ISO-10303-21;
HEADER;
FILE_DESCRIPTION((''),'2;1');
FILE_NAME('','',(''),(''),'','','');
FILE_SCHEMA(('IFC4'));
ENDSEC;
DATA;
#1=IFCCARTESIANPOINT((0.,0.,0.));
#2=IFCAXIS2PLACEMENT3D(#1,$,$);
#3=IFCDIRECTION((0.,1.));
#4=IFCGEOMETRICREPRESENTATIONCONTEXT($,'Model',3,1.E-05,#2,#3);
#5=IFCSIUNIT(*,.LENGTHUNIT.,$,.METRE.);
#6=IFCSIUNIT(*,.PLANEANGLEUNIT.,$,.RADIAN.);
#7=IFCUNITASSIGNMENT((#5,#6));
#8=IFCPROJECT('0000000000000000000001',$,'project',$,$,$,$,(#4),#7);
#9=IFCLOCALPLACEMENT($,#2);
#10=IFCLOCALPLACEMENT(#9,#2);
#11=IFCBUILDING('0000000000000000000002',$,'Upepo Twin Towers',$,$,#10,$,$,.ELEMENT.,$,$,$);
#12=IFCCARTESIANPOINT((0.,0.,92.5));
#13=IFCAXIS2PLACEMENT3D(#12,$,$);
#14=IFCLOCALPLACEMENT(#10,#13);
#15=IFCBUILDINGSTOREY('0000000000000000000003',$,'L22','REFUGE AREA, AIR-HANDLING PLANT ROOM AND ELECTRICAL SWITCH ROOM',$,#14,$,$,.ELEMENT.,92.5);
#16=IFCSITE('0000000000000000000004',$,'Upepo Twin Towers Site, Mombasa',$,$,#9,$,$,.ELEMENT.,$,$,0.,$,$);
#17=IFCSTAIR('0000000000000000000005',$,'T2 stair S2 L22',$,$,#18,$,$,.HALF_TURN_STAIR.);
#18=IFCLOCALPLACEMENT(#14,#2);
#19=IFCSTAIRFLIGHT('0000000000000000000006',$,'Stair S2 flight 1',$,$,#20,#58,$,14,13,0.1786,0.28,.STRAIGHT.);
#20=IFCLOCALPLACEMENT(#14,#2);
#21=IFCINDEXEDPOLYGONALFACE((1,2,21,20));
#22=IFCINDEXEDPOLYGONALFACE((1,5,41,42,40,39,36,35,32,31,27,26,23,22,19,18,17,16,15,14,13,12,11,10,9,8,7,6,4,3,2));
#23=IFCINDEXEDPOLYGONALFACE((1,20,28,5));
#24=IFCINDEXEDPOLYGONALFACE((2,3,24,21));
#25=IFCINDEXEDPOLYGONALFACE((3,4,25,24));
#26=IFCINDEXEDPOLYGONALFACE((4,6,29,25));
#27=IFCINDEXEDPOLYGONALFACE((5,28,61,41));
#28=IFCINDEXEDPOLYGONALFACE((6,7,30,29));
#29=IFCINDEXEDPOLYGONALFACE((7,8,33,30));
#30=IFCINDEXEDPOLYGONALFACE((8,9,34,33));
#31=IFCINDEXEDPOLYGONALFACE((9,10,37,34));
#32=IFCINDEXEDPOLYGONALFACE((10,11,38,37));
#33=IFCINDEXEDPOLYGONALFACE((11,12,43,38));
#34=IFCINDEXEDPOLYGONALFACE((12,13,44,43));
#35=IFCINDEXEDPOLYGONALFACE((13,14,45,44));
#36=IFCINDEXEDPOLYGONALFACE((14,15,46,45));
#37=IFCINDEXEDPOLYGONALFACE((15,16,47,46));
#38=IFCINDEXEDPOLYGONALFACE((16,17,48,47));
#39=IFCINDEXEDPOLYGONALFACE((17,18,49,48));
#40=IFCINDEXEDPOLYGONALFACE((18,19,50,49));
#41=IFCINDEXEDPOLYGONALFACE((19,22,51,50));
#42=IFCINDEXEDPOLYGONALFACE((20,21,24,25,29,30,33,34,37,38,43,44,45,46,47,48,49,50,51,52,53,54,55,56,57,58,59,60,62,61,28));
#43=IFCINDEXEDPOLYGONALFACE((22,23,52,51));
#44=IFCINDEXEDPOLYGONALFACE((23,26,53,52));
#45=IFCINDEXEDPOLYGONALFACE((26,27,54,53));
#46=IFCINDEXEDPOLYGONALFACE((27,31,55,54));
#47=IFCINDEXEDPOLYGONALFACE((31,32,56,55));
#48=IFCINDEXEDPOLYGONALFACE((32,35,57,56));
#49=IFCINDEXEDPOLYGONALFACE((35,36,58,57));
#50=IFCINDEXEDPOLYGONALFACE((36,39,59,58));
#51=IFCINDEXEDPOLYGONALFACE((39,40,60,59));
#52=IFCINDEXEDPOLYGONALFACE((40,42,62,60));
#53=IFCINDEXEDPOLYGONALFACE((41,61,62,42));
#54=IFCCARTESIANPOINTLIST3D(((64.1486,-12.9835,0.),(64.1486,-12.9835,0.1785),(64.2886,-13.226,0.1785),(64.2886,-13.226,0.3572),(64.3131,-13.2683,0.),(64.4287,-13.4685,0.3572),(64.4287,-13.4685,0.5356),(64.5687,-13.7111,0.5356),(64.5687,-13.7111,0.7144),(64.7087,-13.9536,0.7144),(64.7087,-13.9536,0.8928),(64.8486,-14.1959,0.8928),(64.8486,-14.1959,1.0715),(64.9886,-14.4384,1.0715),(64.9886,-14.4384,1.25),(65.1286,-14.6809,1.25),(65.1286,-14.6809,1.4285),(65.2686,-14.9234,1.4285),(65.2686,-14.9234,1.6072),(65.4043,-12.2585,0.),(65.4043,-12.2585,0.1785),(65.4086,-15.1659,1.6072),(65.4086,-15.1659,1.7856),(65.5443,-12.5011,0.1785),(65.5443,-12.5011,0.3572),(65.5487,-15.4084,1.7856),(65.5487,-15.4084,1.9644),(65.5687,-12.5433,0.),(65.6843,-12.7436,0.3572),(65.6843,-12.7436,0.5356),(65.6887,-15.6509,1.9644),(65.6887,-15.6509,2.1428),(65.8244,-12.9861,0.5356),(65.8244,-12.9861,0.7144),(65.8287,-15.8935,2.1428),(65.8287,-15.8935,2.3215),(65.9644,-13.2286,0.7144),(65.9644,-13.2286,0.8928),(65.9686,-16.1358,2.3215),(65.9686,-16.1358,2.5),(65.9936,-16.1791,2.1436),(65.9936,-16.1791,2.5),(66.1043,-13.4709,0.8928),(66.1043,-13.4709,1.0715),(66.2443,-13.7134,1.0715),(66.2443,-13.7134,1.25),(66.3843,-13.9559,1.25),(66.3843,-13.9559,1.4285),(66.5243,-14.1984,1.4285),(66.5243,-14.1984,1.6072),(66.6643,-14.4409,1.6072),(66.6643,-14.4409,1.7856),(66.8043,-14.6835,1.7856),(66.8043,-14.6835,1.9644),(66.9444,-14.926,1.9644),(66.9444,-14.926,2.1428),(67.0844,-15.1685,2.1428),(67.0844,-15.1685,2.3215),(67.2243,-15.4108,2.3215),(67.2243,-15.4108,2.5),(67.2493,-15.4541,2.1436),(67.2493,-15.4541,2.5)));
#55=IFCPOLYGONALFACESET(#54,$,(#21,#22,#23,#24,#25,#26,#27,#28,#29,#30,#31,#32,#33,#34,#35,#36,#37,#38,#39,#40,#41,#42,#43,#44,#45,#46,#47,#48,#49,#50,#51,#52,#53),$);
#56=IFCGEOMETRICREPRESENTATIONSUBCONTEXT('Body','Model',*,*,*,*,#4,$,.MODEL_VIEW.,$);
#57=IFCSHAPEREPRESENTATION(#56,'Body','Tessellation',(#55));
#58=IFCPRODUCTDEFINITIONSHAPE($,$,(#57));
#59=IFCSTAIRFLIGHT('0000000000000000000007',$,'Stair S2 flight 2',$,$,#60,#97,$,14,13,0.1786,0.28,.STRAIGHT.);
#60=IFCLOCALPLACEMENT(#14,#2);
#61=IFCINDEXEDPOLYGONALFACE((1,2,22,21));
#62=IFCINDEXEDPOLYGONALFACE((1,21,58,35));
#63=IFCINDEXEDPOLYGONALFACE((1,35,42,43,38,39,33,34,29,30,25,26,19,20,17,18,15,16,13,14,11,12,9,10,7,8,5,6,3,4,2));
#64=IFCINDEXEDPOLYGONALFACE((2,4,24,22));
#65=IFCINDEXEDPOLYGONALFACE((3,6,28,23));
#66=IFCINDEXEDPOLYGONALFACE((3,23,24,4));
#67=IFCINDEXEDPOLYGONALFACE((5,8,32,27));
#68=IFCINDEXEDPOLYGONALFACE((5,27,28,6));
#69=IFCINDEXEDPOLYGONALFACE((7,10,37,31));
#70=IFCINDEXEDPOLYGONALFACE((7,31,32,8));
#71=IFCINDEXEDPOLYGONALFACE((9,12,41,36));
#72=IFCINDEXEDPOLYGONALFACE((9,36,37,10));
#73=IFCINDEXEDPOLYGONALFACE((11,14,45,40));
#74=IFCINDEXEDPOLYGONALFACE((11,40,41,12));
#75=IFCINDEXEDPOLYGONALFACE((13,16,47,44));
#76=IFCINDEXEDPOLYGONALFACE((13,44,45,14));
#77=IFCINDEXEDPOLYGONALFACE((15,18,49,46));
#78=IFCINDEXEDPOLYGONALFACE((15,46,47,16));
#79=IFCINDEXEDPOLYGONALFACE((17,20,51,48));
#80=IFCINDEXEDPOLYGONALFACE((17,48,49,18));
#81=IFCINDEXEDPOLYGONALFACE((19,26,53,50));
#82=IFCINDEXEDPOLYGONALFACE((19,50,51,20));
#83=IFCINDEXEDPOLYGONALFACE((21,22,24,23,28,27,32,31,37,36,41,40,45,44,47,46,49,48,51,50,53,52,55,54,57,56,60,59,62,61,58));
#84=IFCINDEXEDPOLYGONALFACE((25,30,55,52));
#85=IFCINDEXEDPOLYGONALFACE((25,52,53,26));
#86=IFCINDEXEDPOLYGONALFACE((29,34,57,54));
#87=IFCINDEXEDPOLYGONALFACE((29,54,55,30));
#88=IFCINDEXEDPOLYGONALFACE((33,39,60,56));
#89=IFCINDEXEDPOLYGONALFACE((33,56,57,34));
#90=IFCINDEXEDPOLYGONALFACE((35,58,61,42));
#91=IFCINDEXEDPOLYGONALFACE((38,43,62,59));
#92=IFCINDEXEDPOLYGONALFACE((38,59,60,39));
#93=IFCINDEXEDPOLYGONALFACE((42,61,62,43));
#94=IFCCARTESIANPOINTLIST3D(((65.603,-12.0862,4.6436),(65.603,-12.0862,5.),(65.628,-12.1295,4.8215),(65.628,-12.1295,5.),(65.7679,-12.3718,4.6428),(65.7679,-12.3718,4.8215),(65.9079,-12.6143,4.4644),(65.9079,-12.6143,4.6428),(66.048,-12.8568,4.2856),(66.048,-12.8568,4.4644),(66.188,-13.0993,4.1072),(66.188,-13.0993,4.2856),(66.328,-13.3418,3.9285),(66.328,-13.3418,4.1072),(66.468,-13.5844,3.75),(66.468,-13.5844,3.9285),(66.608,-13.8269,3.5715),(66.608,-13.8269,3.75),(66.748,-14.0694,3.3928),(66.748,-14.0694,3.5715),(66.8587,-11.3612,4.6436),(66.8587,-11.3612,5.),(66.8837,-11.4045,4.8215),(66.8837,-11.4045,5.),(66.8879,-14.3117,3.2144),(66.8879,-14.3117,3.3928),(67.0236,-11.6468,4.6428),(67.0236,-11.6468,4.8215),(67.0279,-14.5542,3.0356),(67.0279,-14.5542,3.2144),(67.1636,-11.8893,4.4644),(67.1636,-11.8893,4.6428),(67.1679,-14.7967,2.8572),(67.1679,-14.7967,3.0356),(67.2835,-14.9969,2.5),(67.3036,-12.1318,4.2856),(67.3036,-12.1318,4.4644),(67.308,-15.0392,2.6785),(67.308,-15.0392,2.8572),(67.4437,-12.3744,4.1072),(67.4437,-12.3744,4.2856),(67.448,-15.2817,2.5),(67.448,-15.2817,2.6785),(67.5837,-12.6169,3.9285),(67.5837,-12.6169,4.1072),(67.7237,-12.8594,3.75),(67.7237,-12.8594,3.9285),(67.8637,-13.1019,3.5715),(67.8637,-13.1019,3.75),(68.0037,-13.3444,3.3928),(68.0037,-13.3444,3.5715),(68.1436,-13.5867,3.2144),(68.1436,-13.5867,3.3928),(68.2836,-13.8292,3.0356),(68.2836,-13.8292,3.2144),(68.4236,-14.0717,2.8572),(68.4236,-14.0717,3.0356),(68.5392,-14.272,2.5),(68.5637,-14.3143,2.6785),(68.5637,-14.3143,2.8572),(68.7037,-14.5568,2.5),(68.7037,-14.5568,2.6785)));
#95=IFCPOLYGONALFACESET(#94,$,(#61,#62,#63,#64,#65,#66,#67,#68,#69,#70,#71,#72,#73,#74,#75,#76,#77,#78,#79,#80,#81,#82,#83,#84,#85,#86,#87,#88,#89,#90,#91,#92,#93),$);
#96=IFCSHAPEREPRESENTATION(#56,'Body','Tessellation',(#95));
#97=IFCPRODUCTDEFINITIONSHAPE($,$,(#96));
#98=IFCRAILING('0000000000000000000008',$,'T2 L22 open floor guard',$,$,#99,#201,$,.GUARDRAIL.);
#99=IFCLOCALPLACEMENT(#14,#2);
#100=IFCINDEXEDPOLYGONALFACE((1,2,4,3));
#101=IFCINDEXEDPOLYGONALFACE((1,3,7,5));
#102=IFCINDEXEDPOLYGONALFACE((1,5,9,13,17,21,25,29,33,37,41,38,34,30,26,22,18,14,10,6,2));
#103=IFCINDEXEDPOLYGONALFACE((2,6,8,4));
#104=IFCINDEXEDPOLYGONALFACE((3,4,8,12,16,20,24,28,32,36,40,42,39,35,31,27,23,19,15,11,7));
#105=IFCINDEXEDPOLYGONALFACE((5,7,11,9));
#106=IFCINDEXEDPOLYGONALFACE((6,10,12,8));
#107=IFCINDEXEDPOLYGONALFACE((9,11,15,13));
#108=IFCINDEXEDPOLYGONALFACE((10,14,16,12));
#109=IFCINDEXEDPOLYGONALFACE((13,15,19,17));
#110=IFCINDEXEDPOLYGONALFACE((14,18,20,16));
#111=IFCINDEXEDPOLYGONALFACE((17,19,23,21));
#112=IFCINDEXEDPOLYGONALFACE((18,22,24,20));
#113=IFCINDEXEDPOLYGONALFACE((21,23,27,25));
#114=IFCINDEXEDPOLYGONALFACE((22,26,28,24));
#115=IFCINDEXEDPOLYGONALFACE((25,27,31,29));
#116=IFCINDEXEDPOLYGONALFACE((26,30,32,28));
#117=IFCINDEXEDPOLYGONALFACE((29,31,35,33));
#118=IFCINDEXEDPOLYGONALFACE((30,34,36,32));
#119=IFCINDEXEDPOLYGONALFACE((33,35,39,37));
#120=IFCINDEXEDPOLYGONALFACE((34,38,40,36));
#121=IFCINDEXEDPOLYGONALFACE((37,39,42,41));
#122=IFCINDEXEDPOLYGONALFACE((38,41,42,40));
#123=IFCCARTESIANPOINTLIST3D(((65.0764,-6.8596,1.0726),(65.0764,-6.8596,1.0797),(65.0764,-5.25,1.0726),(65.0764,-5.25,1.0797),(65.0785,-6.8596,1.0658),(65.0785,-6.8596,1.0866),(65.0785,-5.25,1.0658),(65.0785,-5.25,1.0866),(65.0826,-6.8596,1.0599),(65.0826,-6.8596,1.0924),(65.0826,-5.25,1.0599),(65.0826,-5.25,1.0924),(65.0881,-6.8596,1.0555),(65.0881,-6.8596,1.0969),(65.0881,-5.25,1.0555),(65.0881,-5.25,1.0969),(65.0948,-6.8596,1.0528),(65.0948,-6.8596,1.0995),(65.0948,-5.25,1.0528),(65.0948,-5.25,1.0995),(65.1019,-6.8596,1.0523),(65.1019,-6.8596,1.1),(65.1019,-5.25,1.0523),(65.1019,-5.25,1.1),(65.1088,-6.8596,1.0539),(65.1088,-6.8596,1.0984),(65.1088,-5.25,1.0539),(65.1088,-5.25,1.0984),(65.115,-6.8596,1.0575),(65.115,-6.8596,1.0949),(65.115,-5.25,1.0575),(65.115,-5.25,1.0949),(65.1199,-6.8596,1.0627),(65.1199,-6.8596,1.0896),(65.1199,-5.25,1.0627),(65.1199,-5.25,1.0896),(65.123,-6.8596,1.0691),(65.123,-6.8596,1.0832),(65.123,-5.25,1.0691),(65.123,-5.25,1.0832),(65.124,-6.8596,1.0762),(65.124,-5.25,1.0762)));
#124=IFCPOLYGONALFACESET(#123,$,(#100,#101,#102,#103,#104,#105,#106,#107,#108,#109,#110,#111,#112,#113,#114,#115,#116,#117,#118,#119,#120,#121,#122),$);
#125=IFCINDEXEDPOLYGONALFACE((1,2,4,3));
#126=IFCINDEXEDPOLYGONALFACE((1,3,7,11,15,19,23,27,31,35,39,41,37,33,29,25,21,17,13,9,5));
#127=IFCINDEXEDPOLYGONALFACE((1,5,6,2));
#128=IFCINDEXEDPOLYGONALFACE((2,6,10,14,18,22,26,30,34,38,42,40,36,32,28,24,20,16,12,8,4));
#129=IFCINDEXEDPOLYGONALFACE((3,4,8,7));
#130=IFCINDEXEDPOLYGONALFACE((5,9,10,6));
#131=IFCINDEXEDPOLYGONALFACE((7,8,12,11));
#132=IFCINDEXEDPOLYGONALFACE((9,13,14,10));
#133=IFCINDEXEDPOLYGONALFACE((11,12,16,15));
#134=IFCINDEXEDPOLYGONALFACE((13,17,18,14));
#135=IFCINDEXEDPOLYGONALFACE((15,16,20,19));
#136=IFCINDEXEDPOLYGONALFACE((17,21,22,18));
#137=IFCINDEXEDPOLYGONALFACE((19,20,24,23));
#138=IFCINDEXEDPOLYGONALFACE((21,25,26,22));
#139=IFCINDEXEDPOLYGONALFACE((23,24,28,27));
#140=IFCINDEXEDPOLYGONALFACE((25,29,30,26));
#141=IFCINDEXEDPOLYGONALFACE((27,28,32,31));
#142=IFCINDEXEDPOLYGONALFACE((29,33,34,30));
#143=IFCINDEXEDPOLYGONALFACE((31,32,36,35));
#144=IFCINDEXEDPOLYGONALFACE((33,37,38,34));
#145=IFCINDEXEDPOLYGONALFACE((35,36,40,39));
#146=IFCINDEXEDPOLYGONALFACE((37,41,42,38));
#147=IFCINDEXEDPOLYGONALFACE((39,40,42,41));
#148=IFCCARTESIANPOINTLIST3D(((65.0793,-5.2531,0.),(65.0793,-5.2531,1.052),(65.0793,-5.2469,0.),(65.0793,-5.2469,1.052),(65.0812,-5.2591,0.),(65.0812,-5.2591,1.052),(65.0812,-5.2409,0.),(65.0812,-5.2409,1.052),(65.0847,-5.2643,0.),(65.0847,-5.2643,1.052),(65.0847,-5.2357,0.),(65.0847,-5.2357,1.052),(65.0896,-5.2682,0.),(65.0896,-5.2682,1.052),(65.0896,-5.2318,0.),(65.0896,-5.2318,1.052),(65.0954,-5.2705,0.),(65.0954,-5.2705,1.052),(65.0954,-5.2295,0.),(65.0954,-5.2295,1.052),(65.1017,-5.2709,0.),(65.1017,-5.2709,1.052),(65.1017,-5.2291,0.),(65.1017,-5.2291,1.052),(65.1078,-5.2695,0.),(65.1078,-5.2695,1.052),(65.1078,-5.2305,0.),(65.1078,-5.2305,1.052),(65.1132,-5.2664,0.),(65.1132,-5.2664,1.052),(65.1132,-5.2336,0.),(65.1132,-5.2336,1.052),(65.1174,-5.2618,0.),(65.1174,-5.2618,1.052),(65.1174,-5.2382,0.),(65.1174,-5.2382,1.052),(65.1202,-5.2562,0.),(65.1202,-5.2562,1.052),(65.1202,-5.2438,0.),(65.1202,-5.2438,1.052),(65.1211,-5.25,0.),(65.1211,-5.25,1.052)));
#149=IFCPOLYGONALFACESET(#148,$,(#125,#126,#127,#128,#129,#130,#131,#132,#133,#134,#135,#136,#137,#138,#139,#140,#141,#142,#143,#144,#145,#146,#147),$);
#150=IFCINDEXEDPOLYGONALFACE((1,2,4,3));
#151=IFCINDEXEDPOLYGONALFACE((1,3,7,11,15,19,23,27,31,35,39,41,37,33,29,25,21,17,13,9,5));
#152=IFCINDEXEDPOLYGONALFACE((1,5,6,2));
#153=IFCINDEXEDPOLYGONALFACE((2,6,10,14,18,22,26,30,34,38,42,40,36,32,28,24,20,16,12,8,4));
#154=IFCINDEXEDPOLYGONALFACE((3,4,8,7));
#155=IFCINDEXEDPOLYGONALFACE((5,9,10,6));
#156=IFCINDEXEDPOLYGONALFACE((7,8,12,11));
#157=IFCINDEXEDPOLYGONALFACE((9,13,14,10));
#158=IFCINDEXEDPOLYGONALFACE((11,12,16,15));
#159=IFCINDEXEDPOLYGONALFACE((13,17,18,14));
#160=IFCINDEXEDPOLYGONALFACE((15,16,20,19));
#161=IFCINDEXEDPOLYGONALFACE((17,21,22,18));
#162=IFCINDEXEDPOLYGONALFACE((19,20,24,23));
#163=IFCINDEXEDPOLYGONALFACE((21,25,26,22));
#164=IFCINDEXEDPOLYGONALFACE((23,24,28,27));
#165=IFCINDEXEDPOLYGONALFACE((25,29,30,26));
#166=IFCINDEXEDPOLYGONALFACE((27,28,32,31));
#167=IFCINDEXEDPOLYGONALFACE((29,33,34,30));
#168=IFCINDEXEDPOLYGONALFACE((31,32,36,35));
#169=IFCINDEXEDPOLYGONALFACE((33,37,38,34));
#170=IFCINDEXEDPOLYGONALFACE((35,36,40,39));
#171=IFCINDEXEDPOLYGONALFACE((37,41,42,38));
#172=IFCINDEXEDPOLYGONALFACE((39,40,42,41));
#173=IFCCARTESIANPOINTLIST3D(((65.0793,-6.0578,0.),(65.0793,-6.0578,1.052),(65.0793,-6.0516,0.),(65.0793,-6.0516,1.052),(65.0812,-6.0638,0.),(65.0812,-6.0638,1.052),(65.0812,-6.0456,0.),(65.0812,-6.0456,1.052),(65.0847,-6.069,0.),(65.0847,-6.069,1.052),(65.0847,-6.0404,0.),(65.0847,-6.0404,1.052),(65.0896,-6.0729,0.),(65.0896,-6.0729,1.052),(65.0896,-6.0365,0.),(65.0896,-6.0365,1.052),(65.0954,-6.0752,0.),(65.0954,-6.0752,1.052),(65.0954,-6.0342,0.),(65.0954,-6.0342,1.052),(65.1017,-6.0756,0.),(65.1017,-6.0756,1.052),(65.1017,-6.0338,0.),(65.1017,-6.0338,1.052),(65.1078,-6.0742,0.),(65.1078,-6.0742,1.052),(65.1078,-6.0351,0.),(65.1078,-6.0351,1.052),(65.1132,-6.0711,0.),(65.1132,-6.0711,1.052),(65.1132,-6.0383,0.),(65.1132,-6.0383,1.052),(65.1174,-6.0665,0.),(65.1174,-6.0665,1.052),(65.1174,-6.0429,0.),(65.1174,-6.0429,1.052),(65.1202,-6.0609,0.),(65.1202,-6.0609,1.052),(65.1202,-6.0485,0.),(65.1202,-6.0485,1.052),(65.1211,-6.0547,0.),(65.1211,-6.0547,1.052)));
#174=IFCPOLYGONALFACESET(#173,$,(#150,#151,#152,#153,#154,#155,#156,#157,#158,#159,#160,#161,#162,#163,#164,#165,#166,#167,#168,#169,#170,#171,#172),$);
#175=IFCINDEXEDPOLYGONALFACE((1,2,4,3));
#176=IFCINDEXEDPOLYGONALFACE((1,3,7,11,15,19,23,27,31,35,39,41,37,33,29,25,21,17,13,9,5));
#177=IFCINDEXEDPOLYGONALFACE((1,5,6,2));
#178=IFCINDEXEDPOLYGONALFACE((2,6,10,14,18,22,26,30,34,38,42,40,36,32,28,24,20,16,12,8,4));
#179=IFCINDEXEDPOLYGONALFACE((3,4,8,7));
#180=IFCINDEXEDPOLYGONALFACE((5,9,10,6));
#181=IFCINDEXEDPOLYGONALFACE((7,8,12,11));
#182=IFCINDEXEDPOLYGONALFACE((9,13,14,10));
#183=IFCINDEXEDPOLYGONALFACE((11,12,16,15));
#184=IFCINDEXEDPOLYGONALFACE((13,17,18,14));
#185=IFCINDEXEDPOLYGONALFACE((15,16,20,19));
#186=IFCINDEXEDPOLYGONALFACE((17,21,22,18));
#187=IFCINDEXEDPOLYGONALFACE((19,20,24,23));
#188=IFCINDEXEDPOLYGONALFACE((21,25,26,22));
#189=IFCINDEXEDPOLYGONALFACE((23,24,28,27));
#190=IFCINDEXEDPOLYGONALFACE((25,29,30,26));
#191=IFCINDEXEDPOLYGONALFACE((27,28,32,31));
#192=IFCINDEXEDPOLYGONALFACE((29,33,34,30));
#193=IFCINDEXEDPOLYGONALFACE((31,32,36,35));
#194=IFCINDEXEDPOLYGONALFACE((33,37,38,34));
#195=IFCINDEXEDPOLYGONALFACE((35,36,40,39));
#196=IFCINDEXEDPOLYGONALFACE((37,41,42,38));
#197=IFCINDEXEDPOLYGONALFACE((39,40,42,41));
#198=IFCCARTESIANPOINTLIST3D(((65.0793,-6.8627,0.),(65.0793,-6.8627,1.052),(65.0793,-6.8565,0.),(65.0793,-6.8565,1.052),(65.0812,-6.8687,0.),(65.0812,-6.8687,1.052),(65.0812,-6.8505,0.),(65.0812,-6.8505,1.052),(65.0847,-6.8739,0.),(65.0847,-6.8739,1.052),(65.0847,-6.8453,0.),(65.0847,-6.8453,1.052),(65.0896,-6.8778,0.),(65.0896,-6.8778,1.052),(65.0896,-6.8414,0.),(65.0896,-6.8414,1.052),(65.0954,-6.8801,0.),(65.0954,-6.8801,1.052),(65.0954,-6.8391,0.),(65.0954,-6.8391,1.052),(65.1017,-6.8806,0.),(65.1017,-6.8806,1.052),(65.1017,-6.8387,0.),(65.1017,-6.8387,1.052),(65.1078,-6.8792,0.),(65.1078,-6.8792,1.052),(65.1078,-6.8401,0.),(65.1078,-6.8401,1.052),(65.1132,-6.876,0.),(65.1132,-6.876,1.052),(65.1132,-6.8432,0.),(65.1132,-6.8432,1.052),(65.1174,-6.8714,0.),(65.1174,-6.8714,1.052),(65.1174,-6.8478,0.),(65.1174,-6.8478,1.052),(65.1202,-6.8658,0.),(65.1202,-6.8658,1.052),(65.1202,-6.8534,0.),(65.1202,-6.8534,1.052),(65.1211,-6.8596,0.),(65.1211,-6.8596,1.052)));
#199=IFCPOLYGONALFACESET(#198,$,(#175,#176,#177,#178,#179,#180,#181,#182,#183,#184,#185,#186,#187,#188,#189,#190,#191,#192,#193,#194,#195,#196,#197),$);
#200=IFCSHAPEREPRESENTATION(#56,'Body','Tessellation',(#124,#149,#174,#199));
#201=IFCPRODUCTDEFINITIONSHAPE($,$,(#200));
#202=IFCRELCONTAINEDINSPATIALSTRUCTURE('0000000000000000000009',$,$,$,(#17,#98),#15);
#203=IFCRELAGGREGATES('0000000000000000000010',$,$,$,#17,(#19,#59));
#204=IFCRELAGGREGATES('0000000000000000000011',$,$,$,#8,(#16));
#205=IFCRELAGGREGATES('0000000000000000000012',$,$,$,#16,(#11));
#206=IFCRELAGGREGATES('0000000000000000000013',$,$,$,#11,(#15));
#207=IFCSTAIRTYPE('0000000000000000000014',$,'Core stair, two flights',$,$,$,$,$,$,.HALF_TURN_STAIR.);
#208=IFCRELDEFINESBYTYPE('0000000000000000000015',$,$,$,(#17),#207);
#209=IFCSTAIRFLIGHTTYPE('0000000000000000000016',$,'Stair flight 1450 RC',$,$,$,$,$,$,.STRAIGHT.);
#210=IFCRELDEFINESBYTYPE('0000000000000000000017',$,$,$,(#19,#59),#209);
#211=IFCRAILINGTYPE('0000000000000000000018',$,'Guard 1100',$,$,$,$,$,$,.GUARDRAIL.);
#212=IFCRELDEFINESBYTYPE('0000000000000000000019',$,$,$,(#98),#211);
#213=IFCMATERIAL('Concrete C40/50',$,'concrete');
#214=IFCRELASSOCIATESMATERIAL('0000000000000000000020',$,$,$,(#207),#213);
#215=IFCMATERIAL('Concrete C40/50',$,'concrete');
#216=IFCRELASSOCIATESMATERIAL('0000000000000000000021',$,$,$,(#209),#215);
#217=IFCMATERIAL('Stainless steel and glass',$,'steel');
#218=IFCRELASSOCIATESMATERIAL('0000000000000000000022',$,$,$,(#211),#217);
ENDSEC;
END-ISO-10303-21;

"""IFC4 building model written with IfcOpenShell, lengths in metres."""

from ifc_helpers import new_model, si_unit, direction, frame, origin, origin_2d, place, context, subcontext, project, spatial, polyline, circle, outline, extrude, material, type_object, element, aggregate, save


model = new_model("IFC4")

# Units and contexts
model_context = context("Model", 3, precision=1e-05, world=origin(), true_north=direction((0.0, 1.0)))
body_context = subcontext(model_context, "Body", "Model", "MODEL_VIEW")
ifc_project = project(units=[si_unit("LENGTHUNIT", "METRE"), si_unit("PLANEANGLEUNIT", "RADIAN")], contexts=[model_context])

# Site, building, storey
site_placement = place(None, origin())
site = spatial("IfcSite", under=ifc_project, at=site_placement, Name="Upepo Twin Towers Site, Mombasa", CompositionType="ELEMENT", RefElevation=0.0)
building_placement = place(site_placement, origin())
building = spatial("IfcBuilding", under=site, at=building_placement, Name="Upepo Twin Towers", CompositionType="ELEMENT")
storey_placement = place(building_placement, frame((0.0, 0.0, 92.5)))
storey = spatial("IfcBuildingStorey", under=building, at=storey_placement, Name="L22", Description="REFUGE AREA, AIR-HANDLING PLANT ROOM AND ELECTRICAL SWITCH ROOM", CompositionType="ELEMENT", Elevation=92.5)

# Stair, stair flights
ifc_material_1 = material(Name="Concrete C40/50", Category="concrete")
stair_type = type_object("IfcStairType", Name="Core stair, two flights", PredefinedType="HALF_TURN_STAIR", material=ifc_material_1)
stair_placement = place(storey_placement, origin())
stair = element("IfcStair", 1, at=stair_placement, inside=storey, type_object=stair_type, Name="T2 stair S2 L22", PredefinedType="HALF_TURN_STAIR")
ifc_material_2 = material(Name="Concrete C40/50", Category="concrete")
stair_flight_type = type_object("IfcStairFlightType", Name="Stair flight 1450 RC", PredefinedType="STRAIGHT", material=ifc_material_2)
stair_flight_1_placement = place(storey_placement, frame((64.7764, -12.6211, 0.0), z_axis=(0.0, 0.0, 1.0), x_axis=(0.5, -0.866025, 0.0)))
stair_flight_1 = element("IfcStairFlight", 2, at=stair_flight_1_placement, type_object=stair_flight_type, Name="Stair S2 flight 1", NumberOfRisers=14, NumberOfTreads=13, PredefinedType="STRAIGHT", RiserHeight=0.1786, TreadLength=0.28, context=body_context, shape_type="SweptSolid", body=[
    extrude(outline(polyline([(0.0, 0.0), (0.0, 0.1785), (0.28, 0.1785), (0.28, 0.3572), (0.5601, 0.3572), (0.5601, 0.5356), (0.8401, 0.5356), (0.8401, 0.7144), (1.1201, 0.7144), (1.1201, 0.8928), (1.3999, 0.8928), (1.3999, 1.0715), (1.6799, 1.0715), (1.6799, 1.25), (1.96, 1.25), (1.96, 1.4285), (2.24, 1.4285), (2.24, 1.6072), (2.52, 1.6072), (2.52, 1.7856), (2.8, 1.7856), (2.8, 1.9644), (3.0801, 1.9644), (3.0801, 2.1428), (3.3601, 2.1428), (3.3601, 2.3215), (3.6399, 2.3215), (3.6399, 2.5), (3.6899, 2.5), (3.6899, 2.1436), (0.3289, 0.0), (0.0, 0.0)])), frame((0.0, 0.7251, 0.0), z_axis=(0.0, -1.0, 0.0), x_axis=(1.0, 0.0, 0.0)), (0.0, 0.0, 1.0), 1.45),
])
stair_flight_2_placement = place(storey_placement, frame((68.0759, -14.9192, 2.5), z_axis=(0.0, 0.0, 1.0), x_axis=(-0.5, 0.866025, 0.0)))
stair_flight_2 = element("IfcStairFlight", 3, at=stair_flight_2_placement, type_object=stair_flight_type, Name="Stair S2 flight 2", NumberOfRisers=14, NumberOfTreads=13, PredefinedType="STRAIGHT", RiserHeight=0.1786, TreadLength=0.28, context=body_context, shape_type="SweptSolid", body=[
    extrude(outline(polyline([(0.0, 0.0), (0.0, 0.1785), (0.28, 0.1785), (0.28, 0.3572), (0.5601, 0.3572), (0.5601, 0.5356), (0.8401, 0.5356), (0.8401, 0.7144), (1.1201, 0.7144), (1.1201, 0.8928), (1.3999, 0.8928), (1.3999, 1.0715), (1.6799, 1.0715), (1.6799, 1.25), (1.96, 1.25), (1.96, 1.4285), (2.24, 1.4285), (2.24, 1.6072), (2.52, 1.6072), (2.52, 1.7856), (2.8, 1.7856), (2.8, 1.9644), (3.0801, 1.9644), (3.0801, 2.1428), (3.3601, 2.1428), (3.3601, 2.3215), (3.6399, 2.3215), (3.6399, 2.5), (3.6899, 2.5), (3.6899, 2.1436), (0.3289, 0.0), (0.0, 0.0)])), frame((0.0, 0.7251, 0.0), z_axis=(0.0, -1.0, 0.0), x_axis=(1.0, 0.0, 0.0)), (0.0, 0.0, 1.0), 1.45),
])
aggregate(stair, [stair_flight_1, stair_flight_2])

# Railing
ifc_material_3 = material(Name="Stainless steel and glass", Category="steel")
railing_type_1 = type_object("IfcRailingType", Name="Guard 1100", PredefinedType="GUARDRAIL", material=ifc_material_3)
railing_1_placement = place(storey_placement, frame((65.1001, -5.25, 0.0)))
element("IfcRailing", 4, at=railing_1_placement, inside=storey, type_object=railing_type_1, Name="T2 L22 open floor guard", PredefinedType="GUARDRAIL", context=body_context, shape_type="SweptSolid", body=[
    extrude(circle(Radius=0.0239, at=origin_2d()), frame((0.0, 0.0, 1.0762), z_axis=(0.0, -1.0, 0.0), x_axis=(1.0, 0.0, 0.0)), (0.0, 0.0, 1.0), 1.6096),
    extrude(circle(Radius=0.021, at=origin_2d()), origin(), (0.0, 0.0, 1.0), 1.052),
    extrude(circle(Radius=0.021, at=origin_2d()), frame((0.0, -0.8047, 0.0)), (0.0, 0.0, 1.0), 1.052),
    extrude(circle(Radius=0.021, at=origin_2d()), frame((0.0, -1.6096, 0.0)), (0.0, 0.0, 1.0), 1.052),
])

save(model, "model.ifc")
